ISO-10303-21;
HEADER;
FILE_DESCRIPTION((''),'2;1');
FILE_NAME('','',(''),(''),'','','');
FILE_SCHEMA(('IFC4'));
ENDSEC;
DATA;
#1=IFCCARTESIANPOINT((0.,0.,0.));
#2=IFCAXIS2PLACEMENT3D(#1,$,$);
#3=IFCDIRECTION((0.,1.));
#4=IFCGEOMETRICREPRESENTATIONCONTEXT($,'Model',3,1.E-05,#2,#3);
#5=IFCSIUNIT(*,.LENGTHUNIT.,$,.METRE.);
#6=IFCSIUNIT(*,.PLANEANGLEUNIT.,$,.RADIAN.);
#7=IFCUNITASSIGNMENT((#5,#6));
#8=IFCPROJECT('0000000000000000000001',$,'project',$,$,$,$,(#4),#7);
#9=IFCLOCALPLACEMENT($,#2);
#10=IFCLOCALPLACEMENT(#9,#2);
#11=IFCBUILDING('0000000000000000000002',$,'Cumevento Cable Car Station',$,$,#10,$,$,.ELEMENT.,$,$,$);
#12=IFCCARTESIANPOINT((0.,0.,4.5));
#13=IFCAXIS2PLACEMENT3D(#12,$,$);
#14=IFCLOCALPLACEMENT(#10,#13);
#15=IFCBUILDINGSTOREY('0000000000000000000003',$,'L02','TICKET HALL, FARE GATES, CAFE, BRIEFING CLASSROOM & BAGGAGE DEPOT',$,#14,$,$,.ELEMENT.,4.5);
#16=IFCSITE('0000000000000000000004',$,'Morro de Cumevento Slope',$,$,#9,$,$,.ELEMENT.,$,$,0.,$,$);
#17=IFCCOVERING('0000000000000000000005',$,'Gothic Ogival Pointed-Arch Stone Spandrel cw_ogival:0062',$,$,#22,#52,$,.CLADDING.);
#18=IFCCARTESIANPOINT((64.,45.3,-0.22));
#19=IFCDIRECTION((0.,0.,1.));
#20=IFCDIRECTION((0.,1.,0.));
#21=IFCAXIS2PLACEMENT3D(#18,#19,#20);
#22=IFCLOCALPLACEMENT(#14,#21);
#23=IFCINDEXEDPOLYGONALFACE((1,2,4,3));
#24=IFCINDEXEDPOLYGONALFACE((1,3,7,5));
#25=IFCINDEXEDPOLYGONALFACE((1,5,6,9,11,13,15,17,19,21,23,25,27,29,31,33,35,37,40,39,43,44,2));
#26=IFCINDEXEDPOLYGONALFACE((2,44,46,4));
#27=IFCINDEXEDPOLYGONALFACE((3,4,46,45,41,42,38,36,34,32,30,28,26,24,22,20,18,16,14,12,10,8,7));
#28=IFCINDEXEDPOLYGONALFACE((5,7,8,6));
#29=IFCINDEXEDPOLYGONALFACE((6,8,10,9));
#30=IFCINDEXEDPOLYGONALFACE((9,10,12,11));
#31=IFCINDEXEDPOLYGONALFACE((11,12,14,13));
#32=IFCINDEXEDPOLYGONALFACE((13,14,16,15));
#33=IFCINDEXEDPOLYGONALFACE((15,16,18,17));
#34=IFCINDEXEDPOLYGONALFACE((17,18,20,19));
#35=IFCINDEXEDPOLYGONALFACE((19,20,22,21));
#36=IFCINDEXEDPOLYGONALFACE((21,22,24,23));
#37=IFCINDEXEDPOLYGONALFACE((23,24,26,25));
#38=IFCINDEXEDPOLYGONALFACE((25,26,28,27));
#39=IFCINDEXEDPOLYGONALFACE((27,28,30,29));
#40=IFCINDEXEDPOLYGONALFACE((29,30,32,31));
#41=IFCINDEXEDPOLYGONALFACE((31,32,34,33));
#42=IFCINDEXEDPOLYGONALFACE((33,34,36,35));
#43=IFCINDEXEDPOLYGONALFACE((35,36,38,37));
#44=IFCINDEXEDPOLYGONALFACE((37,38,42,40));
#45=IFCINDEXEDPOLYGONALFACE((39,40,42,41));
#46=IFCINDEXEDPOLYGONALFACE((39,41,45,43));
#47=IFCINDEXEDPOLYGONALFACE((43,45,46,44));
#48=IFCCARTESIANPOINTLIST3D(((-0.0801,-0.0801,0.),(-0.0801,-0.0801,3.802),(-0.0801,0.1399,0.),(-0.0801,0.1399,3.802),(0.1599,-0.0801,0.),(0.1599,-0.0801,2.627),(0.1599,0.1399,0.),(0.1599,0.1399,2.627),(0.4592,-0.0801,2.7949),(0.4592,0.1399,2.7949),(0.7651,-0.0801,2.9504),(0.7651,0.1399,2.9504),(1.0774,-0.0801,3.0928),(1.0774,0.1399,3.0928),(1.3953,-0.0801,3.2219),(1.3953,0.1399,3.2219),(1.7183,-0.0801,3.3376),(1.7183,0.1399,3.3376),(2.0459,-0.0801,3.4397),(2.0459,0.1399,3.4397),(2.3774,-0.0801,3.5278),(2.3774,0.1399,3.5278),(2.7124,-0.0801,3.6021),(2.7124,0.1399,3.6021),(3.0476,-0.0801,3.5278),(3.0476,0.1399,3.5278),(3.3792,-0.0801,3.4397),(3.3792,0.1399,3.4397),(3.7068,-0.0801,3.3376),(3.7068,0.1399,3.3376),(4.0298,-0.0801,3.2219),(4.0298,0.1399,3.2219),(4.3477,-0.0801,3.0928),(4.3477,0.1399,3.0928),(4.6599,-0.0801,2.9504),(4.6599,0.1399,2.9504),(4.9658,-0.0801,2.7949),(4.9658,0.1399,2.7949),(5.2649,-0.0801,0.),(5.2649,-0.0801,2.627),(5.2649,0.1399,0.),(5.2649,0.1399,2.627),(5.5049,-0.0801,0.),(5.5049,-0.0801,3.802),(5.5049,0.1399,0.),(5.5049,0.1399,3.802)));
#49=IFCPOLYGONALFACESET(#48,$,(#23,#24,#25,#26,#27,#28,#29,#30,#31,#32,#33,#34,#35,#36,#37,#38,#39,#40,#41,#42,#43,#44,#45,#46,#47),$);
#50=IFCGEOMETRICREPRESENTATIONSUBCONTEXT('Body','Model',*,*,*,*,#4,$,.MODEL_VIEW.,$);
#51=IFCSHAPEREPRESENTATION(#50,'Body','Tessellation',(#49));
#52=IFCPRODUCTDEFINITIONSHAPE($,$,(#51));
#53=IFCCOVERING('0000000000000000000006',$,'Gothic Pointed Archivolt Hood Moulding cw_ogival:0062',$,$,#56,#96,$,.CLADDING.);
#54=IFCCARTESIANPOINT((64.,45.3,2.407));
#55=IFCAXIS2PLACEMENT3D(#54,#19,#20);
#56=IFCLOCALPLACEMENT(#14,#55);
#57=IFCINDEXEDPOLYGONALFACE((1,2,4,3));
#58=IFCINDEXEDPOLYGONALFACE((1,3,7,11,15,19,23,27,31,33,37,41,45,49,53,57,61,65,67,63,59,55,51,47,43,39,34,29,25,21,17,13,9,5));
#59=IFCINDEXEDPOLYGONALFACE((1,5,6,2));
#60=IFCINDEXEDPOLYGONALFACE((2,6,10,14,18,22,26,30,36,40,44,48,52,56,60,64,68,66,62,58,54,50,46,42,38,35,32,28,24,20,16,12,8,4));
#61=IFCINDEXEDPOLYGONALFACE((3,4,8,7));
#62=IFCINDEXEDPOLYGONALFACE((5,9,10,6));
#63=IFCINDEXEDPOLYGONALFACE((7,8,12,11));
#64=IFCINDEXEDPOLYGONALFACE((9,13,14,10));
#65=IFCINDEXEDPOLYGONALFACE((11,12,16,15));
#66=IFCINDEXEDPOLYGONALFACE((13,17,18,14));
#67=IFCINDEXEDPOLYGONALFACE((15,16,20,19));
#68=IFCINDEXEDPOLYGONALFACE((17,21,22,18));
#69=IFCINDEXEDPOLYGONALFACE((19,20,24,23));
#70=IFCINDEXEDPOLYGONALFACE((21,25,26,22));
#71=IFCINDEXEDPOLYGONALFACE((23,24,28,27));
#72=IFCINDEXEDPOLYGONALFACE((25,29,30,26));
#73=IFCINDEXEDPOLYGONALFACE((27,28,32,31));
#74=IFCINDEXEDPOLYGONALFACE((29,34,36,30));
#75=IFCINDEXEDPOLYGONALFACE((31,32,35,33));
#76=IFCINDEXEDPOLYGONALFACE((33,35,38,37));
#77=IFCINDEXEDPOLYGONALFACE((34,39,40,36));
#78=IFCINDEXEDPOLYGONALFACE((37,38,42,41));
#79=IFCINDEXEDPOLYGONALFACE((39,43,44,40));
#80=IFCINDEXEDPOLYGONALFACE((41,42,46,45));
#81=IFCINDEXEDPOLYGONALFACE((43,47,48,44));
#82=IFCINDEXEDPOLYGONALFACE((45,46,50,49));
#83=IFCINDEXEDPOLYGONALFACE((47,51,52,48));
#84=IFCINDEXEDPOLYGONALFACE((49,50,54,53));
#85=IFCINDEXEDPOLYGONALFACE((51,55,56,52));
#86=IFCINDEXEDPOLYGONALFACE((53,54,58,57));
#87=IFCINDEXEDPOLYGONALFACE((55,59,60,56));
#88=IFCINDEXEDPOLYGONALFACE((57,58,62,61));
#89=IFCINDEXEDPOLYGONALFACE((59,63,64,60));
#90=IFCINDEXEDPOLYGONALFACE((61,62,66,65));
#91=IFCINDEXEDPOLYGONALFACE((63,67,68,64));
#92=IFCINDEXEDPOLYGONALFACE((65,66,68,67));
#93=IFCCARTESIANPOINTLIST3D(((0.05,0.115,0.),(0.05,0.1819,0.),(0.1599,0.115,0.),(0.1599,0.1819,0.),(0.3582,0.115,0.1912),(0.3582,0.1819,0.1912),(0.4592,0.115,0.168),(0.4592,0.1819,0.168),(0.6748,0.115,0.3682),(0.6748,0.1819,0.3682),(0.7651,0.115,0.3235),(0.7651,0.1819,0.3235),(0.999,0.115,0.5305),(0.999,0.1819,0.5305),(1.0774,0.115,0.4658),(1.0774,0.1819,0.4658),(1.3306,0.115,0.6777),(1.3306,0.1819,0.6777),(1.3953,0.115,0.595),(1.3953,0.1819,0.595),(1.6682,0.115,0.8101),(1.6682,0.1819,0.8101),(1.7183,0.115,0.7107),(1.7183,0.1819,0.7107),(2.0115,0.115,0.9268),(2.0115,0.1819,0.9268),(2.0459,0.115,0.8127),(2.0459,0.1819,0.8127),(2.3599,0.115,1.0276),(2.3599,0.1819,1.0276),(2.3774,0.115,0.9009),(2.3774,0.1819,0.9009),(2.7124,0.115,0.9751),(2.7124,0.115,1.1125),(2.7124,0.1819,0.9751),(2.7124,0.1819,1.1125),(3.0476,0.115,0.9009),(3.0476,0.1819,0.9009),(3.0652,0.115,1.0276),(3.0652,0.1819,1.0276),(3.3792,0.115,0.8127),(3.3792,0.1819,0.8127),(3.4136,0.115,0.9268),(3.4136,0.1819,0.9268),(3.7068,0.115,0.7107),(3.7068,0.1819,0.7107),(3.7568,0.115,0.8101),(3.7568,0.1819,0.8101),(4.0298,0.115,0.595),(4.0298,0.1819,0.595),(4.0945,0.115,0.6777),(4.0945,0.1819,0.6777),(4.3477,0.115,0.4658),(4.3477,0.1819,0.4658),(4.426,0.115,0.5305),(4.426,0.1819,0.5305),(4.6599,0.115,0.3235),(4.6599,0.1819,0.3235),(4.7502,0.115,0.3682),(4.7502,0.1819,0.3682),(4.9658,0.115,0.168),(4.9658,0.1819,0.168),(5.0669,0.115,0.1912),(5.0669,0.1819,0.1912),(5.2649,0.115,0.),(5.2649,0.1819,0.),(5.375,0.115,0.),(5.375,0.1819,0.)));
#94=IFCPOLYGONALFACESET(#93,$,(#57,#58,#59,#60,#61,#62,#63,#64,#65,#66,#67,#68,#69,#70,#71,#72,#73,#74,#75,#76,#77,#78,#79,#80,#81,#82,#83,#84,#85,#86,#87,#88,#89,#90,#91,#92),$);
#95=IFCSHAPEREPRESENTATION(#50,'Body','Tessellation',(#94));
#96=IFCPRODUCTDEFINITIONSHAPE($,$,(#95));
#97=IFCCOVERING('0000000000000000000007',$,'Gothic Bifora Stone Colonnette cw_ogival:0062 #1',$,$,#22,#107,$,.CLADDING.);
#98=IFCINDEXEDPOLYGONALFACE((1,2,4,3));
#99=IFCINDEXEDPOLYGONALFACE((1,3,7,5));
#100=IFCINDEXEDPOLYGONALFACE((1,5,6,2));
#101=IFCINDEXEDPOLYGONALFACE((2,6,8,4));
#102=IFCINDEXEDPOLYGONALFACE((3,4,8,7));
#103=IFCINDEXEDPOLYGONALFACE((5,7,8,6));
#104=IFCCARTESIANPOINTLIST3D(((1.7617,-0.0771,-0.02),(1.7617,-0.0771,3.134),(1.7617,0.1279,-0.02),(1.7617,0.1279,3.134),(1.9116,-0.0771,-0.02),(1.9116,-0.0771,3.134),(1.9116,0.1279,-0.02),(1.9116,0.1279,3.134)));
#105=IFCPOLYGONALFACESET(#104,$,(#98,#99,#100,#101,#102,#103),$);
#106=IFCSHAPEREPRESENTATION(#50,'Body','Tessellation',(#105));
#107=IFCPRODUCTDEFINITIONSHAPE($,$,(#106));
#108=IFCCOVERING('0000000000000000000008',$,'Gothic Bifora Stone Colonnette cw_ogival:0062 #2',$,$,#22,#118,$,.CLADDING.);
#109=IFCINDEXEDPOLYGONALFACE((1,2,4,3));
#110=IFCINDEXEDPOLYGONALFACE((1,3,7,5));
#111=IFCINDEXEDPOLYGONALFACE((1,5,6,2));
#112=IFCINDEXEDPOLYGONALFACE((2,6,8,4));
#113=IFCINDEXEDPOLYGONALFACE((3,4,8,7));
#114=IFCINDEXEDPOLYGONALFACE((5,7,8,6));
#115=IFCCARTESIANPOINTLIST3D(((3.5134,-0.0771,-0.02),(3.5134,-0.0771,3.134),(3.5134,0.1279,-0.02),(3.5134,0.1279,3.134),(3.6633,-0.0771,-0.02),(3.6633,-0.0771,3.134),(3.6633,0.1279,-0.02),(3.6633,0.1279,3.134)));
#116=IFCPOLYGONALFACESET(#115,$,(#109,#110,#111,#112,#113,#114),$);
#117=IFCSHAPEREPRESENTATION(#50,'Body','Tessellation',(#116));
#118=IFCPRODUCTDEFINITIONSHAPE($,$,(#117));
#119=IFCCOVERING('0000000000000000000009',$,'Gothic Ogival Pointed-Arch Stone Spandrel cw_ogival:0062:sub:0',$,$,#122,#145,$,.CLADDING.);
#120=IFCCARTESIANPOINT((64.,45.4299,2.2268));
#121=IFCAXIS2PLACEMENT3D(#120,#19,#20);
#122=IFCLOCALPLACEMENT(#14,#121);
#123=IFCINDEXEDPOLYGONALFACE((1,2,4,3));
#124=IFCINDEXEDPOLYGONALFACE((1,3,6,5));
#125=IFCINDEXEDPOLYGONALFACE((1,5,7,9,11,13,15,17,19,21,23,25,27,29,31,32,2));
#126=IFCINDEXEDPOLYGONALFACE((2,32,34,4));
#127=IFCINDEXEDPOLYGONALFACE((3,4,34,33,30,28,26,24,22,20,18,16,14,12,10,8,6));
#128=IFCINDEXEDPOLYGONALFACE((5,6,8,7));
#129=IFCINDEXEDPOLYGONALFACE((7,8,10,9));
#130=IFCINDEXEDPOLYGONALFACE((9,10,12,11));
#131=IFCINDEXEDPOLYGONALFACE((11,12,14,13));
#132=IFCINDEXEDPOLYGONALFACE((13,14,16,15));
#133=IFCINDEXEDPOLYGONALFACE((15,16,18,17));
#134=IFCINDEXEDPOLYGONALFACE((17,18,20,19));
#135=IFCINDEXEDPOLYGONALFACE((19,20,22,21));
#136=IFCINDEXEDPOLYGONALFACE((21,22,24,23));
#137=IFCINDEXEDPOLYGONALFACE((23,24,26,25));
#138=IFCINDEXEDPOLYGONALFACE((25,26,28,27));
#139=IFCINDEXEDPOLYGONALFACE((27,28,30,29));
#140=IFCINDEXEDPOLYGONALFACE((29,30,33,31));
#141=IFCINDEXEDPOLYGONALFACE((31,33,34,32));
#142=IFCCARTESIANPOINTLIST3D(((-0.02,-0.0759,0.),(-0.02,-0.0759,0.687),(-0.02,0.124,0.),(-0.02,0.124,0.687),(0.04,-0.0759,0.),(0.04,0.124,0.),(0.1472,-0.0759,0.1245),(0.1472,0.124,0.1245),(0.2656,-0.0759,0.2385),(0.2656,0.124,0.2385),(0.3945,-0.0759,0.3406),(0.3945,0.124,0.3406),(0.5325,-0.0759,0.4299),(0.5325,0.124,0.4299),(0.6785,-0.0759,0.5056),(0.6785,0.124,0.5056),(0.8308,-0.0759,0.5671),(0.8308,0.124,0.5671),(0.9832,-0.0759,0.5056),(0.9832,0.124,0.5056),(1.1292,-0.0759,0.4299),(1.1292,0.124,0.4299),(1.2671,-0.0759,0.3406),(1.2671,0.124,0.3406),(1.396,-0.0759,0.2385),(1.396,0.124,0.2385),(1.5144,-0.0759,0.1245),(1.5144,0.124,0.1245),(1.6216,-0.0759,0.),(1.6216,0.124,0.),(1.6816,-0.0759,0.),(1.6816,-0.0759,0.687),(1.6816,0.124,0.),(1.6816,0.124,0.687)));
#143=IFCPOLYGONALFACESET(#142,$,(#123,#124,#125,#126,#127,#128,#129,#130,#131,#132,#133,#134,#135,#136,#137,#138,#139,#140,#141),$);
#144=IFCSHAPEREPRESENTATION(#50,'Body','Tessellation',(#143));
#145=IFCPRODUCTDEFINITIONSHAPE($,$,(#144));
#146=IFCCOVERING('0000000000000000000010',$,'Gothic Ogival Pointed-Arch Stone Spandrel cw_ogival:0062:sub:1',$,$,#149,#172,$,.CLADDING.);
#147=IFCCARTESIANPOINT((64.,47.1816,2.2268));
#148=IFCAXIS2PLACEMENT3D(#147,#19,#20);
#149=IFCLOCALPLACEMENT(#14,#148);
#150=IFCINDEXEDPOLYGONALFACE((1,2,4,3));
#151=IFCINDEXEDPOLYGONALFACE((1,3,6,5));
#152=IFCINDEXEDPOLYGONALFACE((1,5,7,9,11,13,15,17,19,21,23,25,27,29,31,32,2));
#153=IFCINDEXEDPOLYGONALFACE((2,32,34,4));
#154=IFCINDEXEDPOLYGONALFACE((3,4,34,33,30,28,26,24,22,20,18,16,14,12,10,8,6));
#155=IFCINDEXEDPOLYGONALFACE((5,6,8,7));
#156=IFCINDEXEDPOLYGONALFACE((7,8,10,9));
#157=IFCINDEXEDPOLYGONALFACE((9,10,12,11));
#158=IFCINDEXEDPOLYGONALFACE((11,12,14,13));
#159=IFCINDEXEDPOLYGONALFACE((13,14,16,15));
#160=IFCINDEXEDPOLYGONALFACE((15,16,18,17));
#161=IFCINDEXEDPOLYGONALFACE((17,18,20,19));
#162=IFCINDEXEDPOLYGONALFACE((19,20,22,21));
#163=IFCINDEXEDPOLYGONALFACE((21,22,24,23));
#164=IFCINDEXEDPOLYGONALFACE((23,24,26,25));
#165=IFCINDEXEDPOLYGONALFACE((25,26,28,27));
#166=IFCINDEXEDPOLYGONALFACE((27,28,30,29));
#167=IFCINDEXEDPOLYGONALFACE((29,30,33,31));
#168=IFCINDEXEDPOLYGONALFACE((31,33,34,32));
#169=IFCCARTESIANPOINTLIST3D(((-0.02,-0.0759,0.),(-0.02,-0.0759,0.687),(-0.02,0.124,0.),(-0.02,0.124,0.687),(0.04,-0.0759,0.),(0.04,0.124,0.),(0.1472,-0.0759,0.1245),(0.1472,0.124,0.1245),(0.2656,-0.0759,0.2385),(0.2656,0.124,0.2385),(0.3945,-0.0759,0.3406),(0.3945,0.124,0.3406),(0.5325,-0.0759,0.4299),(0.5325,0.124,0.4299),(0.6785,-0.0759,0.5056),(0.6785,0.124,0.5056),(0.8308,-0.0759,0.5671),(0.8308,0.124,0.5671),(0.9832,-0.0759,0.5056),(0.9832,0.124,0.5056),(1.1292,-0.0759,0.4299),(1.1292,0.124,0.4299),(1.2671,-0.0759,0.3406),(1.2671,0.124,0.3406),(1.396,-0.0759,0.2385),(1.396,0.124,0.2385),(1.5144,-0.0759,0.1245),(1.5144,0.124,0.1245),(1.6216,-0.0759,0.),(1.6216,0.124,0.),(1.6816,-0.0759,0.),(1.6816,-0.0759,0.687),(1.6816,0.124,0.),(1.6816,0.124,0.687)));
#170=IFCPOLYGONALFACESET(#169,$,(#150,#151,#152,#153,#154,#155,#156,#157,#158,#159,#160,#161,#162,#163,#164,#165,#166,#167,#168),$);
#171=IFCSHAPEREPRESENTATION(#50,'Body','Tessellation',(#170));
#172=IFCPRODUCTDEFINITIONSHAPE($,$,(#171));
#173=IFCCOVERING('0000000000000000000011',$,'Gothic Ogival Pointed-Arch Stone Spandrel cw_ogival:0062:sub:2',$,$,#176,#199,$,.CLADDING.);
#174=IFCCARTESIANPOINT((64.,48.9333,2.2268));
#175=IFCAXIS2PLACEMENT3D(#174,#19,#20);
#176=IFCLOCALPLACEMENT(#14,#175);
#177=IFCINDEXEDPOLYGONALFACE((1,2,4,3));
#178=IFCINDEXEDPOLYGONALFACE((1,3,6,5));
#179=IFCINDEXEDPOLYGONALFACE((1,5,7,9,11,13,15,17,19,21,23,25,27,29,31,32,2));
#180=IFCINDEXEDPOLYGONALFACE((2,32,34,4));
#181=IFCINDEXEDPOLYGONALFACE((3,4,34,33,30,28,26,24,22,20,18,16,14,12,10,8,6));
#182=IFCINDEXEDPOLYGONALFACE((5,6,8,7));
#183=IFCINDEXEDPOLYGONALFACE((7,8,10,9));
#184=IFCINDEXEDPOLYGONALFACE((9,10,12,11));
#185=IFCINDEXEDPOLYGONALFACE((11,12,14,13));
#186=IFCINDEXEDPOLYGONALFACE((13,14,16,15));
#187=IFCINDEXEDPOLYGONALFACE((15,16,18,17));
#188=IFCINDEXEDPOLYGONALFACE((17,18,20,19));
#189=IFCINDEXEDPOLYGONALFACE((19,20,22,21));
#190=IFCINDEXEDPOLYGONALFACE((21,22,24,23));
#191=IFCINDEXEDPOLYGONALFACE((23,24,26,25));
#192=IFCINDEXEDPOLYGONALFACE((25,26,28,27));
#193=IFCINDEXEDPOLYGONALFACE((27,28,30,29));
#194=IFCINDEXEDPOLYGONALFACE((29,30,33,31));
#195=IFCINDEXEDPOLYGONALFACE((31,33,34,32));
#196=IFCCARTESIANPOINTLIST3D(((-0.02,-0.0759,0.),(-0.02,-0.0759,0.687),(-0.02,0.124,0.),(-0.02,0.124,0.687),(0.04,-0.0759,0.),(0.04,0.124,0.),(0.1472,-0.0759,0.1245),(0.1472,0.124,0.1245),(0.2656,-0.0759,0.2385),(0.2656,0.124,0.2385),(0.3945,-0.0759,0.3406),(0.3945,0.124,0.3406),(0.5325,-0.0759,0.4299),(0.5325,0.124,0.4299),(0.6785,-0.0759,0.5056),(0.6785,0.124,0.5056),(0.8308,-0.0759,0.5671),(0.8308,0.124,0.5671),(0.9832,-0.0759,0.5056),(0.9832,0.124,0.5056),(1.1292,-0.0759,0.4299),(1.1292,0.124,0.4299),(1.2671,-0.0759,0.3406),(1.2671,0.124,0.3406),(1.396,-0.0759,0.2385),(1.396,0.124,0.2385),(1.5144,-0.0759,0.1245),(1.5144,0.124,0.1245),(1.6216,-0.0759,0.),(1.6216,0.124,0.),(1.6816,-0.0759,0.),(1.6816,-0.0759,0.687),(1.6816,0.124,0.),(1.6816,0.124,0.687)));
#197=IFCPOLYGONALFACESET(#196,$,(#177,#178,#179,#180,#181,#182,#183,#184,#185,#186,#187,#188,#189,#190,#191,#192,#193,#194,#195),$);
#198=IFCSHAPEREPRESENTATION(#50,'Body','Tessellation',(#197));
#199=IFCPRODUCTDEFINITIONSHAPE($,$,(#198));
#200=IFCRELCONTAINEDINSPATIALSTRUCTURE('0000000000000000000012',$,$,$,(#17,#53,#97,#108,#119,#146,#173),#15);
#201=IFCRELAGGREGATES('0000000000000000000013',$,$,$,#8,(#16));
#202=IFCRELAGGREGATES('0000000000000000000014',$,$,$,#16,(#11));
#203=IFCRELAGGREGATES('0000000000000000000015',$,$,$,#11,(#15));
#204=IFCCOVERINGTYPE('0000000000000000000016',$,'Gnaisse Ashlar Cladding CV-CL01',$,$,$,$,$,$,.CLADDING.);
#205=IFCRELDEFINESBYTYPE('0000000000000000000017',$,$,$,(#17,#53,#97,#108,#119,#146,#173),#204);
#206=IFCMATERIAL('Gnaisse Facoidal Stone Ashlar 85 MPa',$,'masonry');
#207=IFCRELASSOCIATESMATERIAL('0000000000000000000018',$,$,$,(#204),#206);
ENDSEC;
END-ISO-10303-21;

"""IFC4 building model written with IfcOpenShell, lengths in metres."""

from ifc_helpers import new_model, si_unit, direction, frame, origin, place, context, subcontext, project, spatial, polyline, outline, extrude, material, type_object, element, save


model = new_model("IFC4")

# Units and contexts
model_context = context("Model", 3, precision=1e-05, world=origin(), true_north=direction((0.0, 1.0)))
body_context = subcontext(model_context, "Body", "Model", "MODEL_VIEW")
ifc_project = project(units=[si_unit("LENGTHUNIT", "METRE"), si_unit("PLANEANGLEUNIT", "RADIAN")], contexts=[model_context])

# Site, building, storey
site_placement = place(None, origin())
site = spatial("IfcSite", under=ifc_project, at=site_placement, Name="Morro de Cumevento Slope", CompositionType="ELEMENT", RefElevation=0.0)
building_placement = place(site_placement, origin())
building = spatial("IfcBuilding", under=site, at=building_placement, Name="Cumevento Cable Car Station", CompositionType="ELEMENT")
storey_placement = place(building_placement, frame((0.0, 0.0, 4.5)))
storey = spatial("IfcBuildingStorey", under=building, at=storey_placement, Name="L02", Description="TICKET HALL, FARE GATES, CAFE, BRIEFING CLASSROOM & BAGGAGE DEPOT", CompositionType="ELEMENT", Elevation=4.5)

# Coverings
ifc_material_1 = material(Name="Gnaisse Facoidal Stone Ashlar 85 MPa", Category="masonry")
covering_type = type_object("IfcCoveringType", Name="Gnaisse Ashlar Cladding CV-CL01", PredefinedType="CLADDING", material=ifc_material_1)
placement = place(storey_placement, frame((64.0, 45.3, -0.22), z_axis=(0.0, 0.0, 1.0), x_axis=(0.0, 1.0, 0.0)))
element("IfcCovering", 1, at=placement, inside=storey, type_object=covering_type, Name="Gothic Ogival Pointed-Arch Stone Spandrel cw_ogival:0062", PredefinedType="CLADDING", context=body_context, shape_type="SweptSolid", body=[
    extrude(outline(polyline([(-0.0801, 0.0), (-0.0801, 3.802), (5.5049, 3.802), (5.5049, 0.0), (5.2649, 0.0), (5.2649, 2.627), (4.9658, 2.7949), (4.6599, 2.9504), (4.3477, 3.0928), (4.0298, 3.2219), (3.7068, 3.3376), (3.3792, 3.4397), (3.0476, 3.5278), (2.7124, 3.6021), (2.3774, 3.5278), (2.0459, 3.4397), (1.7183, 3.3376), (1.3953, 3.2219), (1.0774, 3.0928), (0.7651, 2.9504), (0.4592, 2.7949), (0.1599, 2.627), (0.1599, 0.0), (-0.0801, 0.0)])), frame((0.0, 0.1399, 0.0), z_axis=(0.0, -1.0, 0.0), x_axis=(1.0, 0.0, 0.0)), (0.0, 0.0, 1.0), 0.22),
])
covering_1_placement = place(storey_placement, frame((64.0, 45.3, 2.407), z_axis=(0.0, 0.0, 1.0), x_axis=(0.0, 1.0, 0.0)))
element("IfcCovering", 2, at=covering_1_placement, inside=storey, type_object=covering_type, Name="Gothic Pointed Archivolt Hood Moulding cw_ogival:0062", PredefinedType="CLADDING", context=body_context, shape_type="SweptSolid", body=[
    extrude(outline(polyline([(0.1599, 0.0), (0.4592, 0.168), (0.7651, 0.3235), (1.0774, 0.4658), (1.3953, 0.595), (1.7183, 0.7107), (2.0459, 0.8127), (2.3774, 0.9009), (2.7124, 0.9751), (3.0476, 0.9009), (3.3792, 0.8127), (3.7068, 0.7107), (4.0298, 0.595), (4.3477, 0.4658), (4.6599, 0.3235), (4.9658, 0.168), (5.2649, 0.0), (5.375, 0.0), (5.0669, 0.1912), (4.7502, 0.3682), (4.426, 0.5305), (4.0945, 0.6777), (3.7568, 0.8101), (3.4136, 0.9268), (3.0652, 1.0276), (2.7124, 1.1125), (2.3599, 1.0276), (2.0115, 0.9268), (1.6682, 0.8101), (1.3306, 0.6777), (0.999, 0.5305), (0.6748, 0.3682), (0.3582, 0.1912), (0.05, 0.0), (0.1599, 0.0)])), frame((0.0, 0.1819, 0.0), z_axis=(0.0, -1.0, 0.0), x_axis=(1.0, 0.0, 0.0)), (0.0, 0.0, 1.0), 0.0669),
])
element("IfcCovering", 3, at=placement, inside=storey, type_object=covering_type, Name="Gothic Bifora Stone Colonnette cw_ogival:0062 #1", PredefinedType="CLADDING", context=body_context, shape_type="SweptSolid", body=[
    extrude(outline(polyline([(1.7617, -0.02), (1.9116, -0.02), (1.9116, 3.134), (1.7617, 3.134), (1.7617, -0.02)])), frame((0.0, 0.1279, 0.0), z_axis=(0.0, -1.0, 0.0), x_axis=(1.0, 0.0, 0.0)), (0.0, 0.0, 1.0), 0.2051),
])
element("IfcCovering", 4, at=placement, inside=storey, type_object=covering_type, Name="Gothic Bifora Stone Colonnette cw_ogival:0062 #2", PredefinedType="CLADDING", context=body_context, shape_type="SweptSolid", body=[
    extrude(outline(polyline([(3.5134, -0.02), (3.6633, -0.02), (3.6633, 3.134), (3.5134, 3.134), (3.5134, -0.02)])), frame((0.0, 0.1279, 0.0), z_axis=(0.0, -1.0, 0.0), x_axis=(1.0, 0.0, 0.0)), (0.0, 0.0, 1.0), 0.2051),
])
for number, where, z_axis, x_axis, name in (
    (5, (64.0, 45.4299, 2.2268), (0.0, 0.0, 1.0), (0.0, 1.0, 0.0), "Gothic Ogival Pointed-Arch Stone Spandrel cw_ogival:0062:sub:0"),
    (6, (64.0, 47.1816, 2.2268), (0.0, 0.0, 1.0), (0.0, 1.0, 0.0), "Gothic Ogival Pointed-Arch Stone Spandrel cw_ogival:0062:sub:1"),
    (7, (64.0, 48.9333, 2.2268), (0.0, 0.0, 1.0), (0.0, 1.0, 0.0), "Gothic Ogival Pointed-Arch Stone Spandrel cw_ogival:0062:sub:2"),
):
    element("IfcCovering", number, at=place(storey_placement, frame(where, z_axis=z_axis, x_axis=x_axis)), inside=storey, type_object=covering_type, Name=name, PredefinedType="CLADDING", context=body_context, shape_type="SweptSolid", body=[
        extrude(outline(polyline([(-0.02, 0.0), (-0.02, 0.687), (1.6816, 0.687), (1.6816, 0.0), (1.6216, 0.0), (1.5144, 0.1245), (1.396, 0.2385), (1.2671, 0.3406), (1.1292, 0.4299), (0.9832, 0.5056), (0.8308, 0.5671), (0.6785, 0.5056), (0.5325, 0.4299), (0.3945, 0.3406), (0.2656, 0.2385), (0.1472, 0.1245), (0.04, 0.0), (-0.02, 0.0)])), frame((0.0, 0.124, 0.0), z_axis=(0.0, -1.0, 0.0), x_axis=(1.0, 0.0, 0.0)), (0.0, 0.0, 1.0), 0.2),
    ])

save(model, "model.ifc")
